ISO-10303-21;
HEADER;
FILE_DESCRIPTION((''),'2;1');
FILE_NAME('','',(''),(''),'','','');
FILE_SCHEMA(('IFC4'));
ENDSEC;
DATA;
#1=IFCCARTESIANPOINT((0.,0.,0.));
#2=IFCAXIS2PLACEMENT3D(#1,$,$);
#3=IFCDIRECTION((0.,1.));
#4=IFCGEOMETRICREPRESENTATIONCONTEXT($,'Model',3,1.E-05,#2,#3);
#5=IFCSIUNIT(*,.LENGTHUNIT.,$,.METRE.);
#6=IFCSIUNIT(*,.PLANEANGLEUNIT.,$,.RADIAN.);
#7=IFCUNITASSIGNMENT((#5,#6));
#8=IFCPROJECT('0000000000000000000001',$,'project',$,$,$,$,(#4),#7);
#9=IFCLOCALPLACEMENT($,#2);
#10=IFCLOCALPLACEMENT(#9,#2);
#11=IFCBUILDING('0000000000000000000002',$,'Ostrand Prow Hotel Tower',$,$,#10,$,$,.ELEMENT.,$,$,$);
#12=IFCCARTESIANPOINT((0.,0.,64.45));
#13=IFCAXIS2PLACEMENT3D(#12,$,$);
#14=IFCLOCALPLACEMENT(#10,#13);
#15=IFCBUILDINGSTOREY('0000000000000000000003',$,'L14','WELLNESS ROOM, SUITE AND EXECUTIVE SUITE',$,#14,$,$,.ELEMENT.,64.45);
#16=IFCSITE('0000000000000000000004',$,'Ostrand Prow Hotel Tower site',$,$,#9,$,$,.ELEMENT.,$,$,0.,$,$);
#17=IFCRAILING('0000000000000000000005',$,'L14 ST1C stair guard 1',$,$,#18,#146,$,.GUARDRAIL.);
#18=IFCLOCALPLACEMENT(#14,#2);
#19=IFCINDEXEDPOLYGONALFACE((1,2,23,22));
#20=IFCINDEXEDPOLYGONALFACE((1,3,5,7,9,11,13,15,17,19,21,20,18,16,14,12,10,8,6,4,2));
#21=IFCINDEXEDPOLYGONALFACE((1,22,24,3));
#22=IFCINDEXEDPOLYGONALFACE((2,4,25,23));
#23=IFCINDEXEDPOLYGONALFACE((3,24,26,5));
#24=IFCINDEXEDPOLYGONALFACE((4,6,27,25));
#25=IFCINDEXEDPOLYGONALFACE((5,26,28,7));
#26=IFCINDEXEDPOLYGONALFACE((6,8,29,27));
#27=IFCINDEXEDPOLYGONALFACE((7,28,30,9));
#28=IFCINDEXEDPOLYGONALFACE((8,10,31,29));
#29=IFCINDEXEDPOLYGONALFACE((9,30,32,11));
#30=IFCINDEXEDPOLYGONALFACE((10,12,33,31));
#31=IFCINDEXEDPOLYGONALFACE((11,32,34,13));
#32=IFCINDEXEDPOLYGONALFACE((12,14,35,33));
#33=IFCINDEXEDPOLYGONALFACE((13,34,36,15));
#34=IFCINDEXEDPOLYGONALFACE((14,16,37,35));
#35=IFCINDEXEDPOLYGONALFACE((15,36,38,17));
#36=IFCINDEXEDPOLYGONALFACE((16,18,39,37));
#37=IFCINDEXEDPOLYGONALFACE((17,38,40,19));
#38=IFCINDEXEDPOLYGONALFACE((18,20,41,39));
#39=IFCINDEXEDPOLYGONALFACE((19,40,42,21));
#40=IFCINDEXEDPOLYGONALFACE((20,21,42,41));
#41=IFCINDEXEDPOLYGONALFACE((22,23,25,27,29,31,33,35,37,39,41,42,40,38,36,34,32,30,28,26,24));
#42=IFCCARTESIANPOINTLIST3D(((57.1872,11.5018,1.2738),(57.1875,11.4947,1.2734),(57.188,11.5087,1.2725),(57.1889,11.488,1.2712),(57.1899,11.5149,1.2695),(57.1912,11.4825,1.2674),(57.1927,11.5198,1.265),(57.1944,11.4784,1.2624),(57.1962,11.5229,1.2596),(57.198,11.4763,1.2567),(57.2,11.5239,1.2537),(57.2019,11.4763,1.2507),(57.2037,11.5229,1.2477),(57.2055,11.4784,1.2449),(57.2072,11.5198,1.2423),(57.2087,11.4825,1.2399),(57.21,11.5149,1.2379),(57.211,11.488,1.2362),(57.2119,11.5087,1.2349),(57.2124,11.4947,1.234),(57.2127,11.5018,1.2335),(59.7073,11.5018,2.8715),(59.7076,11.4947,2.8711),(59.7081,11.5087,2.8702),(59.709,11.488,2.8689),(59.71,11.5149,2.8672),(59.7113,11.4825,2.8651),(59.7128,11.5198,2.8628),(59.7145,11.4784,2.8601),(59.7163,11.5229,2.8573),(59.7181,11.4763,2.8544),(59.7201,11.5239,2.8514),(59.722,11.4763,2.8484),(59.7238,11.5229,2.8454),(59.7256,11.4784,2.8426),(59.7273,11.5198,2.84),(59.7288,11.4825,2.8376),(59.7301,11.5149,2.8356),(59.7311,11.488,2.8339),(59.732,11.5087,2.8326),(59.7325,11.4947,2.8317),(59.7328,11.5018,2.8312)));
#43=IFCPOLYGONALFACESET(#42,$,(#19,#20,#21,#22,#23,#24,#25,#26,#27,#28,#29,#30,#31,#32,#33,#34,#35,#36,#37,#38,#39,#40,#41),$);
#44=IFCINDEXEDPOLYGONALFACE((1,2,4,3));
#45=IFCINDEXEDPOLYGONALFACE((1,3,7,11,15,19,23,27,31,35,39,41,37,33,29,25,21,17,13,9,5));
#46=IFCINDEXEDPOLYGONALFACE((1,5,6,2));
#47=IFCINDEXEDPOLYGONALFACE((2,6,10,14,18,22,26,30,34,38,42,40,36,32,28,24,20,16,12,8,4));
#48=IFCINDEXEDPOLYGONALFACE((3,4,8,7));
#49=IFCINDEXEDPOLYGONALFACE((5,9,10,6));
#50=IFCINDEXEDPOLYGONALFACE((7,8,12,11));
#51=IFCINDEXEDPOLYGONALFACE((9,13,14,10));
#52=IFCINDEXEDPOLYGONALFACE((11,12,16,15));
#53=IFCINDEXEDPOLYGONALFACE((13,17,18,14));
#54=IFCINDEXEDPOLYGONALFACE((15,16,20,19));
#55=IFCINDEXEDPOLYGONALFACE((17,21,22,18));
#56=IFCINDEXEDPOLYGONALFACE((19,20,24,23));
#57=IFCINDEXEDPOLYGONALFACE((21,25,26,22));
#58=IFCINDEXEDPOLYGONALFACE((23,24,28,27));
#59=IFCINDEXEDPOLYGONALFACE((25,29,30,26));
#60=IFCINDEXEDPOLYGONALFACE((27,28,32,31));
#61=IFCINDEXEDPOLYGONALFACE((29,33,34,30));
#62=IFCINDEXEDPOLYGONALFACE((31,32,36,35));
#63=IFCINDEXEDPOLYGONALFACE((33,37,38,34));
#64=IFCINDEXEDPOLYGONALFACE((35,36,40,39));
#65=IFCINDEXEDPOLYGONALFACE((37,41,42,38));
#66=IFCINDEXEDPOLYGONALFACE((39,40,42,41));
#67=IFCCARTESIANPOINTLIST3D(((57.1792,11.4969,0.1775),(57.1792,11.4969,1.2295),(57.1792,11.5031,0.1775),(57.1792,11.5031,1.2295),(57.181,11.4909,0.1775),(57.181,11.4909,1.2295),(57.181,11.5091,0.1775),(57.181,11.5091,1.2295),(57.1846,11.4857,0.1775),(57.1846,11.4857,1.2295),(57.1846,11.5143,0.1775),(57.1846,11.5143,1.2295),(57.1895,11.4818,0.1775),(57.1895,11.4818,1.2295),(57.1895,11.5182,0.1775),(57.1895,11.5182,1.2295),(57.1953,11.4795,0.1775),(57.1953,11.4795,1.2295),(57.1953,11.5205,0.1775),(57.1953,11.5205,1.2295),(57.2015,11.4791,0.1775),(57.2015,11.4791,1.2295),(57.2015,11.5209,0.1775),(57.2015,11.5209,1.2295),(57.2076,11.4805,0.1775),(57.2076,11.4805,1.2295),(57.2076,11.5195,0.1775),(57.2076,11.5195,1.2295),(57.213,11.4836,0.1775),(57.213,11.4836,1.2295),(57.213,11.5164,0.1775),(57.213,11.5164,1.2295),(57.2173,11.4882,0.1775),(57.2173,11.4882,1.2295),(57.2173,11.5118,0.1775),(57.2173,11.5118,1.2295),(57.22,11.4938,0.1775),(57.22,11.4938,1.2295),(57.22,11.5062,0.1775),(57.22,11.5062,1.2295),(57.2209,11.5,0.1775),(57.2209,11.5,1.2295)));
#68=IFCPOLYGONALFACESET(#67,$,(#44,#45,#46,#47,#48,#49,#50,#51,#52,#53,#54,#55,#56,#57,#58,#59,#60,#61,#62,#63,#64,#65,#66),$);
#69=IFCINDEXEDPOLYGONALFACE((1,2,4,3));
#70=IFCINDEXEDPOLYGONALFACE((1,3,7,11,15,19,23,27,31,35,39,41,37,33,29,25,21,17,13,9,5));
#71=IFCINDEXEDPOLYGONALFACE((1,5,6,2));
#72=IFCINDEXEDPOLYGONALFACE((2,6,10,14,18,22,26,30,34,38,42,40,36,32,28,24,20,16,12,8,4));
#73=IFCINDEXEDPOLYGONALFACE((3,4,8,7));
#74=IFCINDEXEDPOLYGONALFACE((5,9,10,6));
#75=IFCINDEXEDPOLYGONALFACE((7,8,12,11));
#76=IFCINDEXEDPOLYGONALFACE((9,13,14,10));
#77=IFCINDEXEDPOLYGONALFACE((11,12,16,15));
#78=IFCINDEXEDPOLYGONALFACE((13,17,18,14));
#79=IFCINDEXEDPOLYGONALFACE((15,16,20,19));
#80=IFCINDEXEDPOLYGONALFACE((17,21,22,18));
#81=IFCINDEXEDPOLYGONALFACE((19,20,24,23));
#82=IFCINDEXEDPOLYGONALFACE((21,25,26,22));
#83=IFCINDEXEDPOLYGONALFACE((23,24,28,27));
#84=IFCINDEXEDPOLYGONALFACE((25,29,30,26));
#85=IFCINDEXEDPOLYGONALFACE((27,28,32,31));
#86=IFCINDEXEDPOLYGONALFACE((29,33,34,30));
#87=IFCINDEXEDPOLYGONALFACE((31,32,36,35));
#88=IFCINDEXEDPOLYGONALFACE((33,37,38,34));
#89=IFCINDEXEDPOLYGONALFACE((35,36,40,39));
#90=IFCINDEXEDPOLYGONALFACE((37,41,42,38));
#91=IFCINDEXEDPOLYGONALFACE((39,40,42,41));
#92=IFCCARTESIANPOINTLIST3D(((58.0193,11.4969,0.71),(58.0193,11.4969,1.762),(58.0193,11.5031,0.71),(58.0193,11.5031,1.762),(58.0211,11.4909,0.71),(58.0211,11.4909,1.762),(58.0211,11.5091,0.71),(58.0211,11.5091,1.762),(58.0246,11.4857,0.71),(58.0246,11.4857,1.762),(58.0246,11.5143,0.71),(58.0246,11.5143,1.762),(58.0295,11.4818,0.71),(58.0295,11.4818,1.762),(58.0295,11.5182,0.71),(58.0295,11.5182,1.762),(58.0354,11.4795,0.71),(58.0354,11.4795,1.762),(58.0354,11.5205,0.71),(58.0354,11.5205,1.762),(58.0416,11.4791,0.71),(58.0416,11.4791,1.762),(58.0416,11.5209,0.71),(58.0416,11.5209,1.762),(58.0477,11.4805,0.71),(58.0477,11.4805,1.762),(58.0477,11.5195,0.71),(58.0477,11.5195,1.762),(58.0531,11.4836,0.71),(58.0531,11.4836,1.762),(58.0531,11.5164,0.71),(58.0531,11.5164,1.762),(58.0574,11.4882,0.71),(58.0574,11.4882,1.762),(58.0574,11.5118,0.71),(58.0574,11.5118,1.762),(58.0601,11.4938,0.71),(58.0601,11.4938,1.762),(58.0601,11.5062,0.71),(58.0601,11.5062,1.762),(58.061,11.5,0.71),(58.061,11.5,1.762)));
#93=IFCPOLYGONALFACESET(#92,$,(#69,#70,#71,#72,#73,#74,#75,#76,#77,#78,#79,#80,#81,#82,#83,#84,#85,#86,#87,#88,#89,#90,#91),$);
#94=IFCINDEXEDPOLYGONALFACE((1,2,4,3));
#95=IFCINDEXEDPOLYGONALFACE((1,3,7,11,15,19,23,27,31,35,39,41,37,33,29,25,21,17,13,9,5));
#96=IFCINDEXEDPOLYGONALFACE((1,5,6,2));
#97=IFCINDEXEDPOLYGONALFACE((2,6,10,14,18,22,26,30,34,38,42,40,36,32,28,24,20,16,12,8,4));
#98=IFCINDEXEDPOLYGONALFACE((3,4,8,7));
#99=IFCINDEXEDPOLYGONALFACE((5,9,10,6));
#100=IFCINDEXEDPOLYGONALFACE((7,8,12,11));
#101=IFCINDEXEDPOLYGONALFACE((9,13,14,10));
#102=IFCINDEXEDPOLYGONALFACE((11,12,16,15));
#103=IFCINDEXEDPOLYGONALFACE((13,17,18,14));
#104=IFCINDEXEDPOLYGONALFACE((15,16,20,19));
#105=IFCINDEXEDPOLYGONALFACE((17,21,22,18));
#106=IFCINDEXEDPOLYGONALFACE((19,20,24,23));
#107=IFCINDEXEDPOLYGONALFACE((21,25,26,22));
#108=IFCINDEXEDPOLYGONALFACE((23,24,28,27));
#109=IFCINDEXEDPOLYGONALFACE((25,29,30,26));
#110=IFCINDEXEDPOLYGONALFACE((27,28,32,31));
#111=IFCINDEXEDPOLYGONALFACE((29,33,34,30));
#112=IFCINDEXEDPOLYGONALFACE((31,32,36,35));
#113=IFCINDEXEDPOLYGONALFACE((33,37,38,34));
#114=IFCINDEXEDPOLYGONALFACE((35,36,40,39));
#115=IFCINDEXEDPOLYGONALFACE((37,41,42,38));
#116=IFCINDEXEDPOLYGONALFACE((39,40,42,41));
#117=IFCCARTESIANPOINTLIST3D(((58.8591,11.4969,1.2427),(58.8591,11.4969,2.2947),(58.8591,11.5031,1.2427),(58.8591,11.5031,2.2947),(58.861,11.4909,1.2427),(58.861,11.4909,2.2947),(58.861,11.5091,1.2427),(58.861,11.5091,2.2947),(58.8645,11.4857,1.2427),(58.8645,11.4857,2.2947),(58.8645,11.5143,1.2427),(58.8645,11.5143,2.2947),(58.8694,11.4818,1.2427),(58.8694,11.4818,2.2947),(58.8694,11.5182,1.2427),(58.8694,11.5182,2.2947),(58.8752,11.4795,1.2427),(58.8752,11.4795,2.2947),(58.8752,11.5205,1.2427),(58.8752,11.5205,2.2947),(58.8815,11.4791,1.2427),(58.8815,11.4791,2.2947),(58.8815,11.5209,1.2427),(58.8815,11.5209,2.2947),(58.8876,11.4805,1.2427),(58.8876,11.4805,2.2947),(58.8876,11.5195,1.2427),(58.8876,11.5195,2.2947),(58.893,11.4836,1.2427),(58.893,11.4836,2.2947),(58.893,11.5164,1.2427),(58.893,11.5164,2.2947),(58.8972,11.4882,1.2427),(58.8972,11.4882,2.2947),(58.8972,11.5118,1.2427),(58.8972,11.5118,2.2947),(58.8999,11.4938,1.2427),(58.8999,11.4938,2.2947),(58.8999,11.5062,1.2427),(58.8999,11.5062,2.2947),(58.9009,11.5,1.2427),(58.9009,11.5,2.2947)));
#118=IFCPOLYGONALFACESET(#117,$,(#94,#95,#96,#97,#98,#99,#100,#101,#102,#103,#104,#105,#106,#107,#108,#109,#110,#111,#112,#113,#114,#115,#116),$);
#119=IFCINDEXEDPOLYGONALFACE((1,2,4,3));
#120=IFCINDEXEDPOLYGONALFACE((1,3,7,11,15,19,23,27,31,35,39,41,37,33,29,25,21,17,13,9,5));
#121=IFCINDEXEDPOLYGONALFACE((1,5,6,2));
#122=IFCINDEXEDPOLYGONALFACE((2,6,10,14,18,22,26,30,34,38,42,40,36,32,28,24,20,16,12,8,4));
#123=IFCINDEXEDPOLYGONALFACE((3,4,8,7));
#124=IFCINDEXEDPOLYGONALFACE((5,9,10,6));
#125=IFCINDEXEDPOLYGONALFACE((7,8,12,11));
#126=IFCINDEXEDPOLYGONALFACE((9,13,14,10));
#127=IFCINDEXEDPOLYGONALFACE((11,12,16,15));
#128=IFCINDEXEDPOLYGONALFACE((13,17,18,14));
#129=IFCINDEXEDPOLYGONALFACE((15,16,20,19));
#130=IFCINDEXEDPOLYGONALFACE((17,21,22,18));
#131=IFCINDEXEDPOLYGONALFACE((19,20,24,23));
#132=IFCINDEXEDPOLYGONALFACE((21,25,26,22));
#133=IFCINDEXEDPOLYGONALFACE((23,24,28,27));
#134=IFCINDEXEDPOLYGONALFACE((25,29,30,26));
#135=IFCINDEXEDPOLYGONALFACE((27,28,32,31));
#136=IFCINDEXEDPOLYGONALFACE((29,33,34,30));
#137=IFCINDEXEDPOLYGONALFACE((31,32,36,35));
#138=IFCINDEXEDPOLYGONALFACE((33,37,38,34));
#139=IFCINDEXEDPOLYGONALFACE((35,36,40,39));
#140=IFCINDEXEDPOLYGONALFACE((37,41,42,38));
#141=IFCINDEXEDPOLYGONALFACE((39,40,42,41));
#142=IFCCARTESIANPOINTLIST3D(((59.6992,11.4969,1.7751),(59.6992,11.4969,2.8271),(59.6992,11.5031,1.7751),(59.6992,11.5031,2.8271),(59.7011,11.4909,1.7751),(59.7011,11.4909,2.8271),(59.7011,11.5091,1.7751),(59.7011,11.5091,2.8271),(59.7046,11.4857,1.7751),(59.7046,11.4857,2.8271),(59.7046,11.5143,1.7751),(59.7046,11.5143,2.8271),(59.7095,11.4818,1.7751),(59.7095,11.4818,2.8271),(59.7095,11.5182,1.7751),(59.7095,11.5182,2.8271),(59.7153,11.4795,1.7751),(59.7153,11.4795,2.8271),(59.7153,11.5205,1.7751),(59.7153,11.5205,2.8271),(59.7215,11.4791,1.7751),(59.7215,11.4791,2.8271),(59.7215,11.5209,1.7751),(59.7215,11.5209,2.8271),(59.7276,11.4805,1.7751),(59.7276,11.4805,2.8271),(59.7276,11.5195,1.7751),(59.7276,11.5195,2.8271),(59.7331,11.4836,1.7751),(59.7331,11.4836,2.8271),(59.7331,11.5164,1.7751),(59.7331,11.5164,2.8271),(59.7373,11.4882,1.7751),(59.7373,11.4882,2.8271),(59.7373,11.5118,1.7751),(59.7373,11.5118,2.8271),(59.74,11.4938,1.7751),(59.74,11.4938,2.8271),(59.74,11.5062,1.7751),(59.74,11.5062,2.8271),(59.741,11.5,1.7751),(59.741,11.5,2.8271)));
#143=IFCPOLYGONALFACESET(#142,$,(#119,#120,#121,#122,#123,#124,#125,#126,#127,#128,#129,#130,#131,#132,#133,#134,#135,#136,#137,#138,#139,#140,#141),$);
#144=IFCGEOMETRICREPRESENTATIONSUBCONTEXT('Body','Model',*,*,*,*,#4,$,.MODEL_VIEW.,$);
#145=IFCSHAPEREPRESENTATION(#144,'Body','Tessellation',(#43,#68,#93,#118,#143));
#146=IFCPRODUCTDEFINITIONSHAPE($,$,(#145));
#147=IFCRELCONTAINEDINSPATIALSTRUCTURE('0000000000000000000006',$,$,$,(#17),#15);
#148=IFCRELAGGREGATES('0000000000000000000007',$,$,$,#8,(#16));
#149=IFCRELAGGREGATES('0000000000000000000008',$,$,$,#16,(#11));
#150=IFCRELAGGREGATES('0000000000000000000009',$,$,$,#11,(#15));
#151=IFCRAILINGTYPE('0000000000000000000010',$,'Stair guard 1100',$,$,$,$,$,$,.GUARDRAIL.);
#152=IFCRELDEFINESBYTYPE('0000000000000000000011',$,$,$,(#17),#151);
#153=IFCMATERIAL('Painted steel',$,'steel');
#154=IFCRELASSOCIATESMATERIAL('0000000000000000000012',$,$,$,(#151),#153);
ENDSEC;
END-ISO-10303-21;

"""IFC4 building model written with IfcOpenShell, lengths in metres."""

from ifc_helpers import new_model, si_unit, direction, frame, origin, origin_2d, place, context, subcontext, project, spatial, circle, extrude, material, type_object, element, save


model = new_model("IFC4")

# Units and contexts
model_context = context("Model", 3, precision=1e-05, world=origin(), true_north=direction((0.0, 1.0)))
body_context = subcontext(model_context, "Body", "Model", "MODEL_VIEW")
ifc_project = project(units=[si_unit("LENGTHUNIT", "METRE"), si_unit("PLANEANGLEUNIT", "RADIAN")], contexts=[model_context])

# Site, building, storey
site_placement = place(None, origin())
site = spatial("IfcSite", under=ifc_project, at=site_placement, Name="Ostrand Prow Hotel Tower site", CompositionType="ELEMENT", RefElevation=0.0)
building_placement = place(site_placement, origin())
building = spatial("IfcBuilding", under=site, at=building_placement, Name="Ostrand Prow Hotel Tower", CompositionType="ELEMENT")
storey_placement = place(building_placement, frame((0.0, 0.0, 64.45)))
storey = spatial("IfcBuildingStorey", under=building, at=storey_placement, Name="L14", Description="WELLNESS ROOM, SUITE AND EXECUTIVE SUITE", CompositionType="ELEMENT", Elevation=64.45)

# Railing
ifc_material_1 = material(Name="Painted steel", Category="steel")
railing_type_1 = type_object("IfcRailingType", Name="Stair guard 1100", PredefinedType="GUARDRAIL", material=ifc_material_1)
railing_1_placement = place(storey_placement, frame((57.2, 11.5, 0.1775)))
element("IfcRailing", 1, at=railing_1_placement, inside=storey, type_object=railing_type_1, Name="L14 ST1C stair guard 1", PredefinedType="GUARDRAIL", context=body_context, shape_type="SweptSolid", body=[
    extrude(circle(Radius=0.0239, at=origin_2d()), frame((0.0, 0.0, 1.0762), z_axis=(0.84457, 0.0, 0.535445), x_axis=(0.0, 1.0, 0.0)), (0.0, 0.0, 1.0), 2.9839),
    extrude(circle(Radius=0.021, at=origin_2d()), origin(), (0.0, 0.0, 1.0), 1.052),
    extrude(circle(Radius=0.021, at=origin_2d()), frame((0.8401, 0.0, 0.5325)), (0.0, 0.0, 1.0), 1.052),
    extrude(circle(Radius=0.021, at=origin_2d()), frame((1.6799, 0.0, 1.0652)), (0.0, 0.0, 1.0), 1.052),
    extrude(circle(Radius=0.021, at=origin_2d()), frame((2.52, 0.0, 1.5977)), (0.0, 0.0, 1.0), 1.052),
])

save(model, "model.ifc")
